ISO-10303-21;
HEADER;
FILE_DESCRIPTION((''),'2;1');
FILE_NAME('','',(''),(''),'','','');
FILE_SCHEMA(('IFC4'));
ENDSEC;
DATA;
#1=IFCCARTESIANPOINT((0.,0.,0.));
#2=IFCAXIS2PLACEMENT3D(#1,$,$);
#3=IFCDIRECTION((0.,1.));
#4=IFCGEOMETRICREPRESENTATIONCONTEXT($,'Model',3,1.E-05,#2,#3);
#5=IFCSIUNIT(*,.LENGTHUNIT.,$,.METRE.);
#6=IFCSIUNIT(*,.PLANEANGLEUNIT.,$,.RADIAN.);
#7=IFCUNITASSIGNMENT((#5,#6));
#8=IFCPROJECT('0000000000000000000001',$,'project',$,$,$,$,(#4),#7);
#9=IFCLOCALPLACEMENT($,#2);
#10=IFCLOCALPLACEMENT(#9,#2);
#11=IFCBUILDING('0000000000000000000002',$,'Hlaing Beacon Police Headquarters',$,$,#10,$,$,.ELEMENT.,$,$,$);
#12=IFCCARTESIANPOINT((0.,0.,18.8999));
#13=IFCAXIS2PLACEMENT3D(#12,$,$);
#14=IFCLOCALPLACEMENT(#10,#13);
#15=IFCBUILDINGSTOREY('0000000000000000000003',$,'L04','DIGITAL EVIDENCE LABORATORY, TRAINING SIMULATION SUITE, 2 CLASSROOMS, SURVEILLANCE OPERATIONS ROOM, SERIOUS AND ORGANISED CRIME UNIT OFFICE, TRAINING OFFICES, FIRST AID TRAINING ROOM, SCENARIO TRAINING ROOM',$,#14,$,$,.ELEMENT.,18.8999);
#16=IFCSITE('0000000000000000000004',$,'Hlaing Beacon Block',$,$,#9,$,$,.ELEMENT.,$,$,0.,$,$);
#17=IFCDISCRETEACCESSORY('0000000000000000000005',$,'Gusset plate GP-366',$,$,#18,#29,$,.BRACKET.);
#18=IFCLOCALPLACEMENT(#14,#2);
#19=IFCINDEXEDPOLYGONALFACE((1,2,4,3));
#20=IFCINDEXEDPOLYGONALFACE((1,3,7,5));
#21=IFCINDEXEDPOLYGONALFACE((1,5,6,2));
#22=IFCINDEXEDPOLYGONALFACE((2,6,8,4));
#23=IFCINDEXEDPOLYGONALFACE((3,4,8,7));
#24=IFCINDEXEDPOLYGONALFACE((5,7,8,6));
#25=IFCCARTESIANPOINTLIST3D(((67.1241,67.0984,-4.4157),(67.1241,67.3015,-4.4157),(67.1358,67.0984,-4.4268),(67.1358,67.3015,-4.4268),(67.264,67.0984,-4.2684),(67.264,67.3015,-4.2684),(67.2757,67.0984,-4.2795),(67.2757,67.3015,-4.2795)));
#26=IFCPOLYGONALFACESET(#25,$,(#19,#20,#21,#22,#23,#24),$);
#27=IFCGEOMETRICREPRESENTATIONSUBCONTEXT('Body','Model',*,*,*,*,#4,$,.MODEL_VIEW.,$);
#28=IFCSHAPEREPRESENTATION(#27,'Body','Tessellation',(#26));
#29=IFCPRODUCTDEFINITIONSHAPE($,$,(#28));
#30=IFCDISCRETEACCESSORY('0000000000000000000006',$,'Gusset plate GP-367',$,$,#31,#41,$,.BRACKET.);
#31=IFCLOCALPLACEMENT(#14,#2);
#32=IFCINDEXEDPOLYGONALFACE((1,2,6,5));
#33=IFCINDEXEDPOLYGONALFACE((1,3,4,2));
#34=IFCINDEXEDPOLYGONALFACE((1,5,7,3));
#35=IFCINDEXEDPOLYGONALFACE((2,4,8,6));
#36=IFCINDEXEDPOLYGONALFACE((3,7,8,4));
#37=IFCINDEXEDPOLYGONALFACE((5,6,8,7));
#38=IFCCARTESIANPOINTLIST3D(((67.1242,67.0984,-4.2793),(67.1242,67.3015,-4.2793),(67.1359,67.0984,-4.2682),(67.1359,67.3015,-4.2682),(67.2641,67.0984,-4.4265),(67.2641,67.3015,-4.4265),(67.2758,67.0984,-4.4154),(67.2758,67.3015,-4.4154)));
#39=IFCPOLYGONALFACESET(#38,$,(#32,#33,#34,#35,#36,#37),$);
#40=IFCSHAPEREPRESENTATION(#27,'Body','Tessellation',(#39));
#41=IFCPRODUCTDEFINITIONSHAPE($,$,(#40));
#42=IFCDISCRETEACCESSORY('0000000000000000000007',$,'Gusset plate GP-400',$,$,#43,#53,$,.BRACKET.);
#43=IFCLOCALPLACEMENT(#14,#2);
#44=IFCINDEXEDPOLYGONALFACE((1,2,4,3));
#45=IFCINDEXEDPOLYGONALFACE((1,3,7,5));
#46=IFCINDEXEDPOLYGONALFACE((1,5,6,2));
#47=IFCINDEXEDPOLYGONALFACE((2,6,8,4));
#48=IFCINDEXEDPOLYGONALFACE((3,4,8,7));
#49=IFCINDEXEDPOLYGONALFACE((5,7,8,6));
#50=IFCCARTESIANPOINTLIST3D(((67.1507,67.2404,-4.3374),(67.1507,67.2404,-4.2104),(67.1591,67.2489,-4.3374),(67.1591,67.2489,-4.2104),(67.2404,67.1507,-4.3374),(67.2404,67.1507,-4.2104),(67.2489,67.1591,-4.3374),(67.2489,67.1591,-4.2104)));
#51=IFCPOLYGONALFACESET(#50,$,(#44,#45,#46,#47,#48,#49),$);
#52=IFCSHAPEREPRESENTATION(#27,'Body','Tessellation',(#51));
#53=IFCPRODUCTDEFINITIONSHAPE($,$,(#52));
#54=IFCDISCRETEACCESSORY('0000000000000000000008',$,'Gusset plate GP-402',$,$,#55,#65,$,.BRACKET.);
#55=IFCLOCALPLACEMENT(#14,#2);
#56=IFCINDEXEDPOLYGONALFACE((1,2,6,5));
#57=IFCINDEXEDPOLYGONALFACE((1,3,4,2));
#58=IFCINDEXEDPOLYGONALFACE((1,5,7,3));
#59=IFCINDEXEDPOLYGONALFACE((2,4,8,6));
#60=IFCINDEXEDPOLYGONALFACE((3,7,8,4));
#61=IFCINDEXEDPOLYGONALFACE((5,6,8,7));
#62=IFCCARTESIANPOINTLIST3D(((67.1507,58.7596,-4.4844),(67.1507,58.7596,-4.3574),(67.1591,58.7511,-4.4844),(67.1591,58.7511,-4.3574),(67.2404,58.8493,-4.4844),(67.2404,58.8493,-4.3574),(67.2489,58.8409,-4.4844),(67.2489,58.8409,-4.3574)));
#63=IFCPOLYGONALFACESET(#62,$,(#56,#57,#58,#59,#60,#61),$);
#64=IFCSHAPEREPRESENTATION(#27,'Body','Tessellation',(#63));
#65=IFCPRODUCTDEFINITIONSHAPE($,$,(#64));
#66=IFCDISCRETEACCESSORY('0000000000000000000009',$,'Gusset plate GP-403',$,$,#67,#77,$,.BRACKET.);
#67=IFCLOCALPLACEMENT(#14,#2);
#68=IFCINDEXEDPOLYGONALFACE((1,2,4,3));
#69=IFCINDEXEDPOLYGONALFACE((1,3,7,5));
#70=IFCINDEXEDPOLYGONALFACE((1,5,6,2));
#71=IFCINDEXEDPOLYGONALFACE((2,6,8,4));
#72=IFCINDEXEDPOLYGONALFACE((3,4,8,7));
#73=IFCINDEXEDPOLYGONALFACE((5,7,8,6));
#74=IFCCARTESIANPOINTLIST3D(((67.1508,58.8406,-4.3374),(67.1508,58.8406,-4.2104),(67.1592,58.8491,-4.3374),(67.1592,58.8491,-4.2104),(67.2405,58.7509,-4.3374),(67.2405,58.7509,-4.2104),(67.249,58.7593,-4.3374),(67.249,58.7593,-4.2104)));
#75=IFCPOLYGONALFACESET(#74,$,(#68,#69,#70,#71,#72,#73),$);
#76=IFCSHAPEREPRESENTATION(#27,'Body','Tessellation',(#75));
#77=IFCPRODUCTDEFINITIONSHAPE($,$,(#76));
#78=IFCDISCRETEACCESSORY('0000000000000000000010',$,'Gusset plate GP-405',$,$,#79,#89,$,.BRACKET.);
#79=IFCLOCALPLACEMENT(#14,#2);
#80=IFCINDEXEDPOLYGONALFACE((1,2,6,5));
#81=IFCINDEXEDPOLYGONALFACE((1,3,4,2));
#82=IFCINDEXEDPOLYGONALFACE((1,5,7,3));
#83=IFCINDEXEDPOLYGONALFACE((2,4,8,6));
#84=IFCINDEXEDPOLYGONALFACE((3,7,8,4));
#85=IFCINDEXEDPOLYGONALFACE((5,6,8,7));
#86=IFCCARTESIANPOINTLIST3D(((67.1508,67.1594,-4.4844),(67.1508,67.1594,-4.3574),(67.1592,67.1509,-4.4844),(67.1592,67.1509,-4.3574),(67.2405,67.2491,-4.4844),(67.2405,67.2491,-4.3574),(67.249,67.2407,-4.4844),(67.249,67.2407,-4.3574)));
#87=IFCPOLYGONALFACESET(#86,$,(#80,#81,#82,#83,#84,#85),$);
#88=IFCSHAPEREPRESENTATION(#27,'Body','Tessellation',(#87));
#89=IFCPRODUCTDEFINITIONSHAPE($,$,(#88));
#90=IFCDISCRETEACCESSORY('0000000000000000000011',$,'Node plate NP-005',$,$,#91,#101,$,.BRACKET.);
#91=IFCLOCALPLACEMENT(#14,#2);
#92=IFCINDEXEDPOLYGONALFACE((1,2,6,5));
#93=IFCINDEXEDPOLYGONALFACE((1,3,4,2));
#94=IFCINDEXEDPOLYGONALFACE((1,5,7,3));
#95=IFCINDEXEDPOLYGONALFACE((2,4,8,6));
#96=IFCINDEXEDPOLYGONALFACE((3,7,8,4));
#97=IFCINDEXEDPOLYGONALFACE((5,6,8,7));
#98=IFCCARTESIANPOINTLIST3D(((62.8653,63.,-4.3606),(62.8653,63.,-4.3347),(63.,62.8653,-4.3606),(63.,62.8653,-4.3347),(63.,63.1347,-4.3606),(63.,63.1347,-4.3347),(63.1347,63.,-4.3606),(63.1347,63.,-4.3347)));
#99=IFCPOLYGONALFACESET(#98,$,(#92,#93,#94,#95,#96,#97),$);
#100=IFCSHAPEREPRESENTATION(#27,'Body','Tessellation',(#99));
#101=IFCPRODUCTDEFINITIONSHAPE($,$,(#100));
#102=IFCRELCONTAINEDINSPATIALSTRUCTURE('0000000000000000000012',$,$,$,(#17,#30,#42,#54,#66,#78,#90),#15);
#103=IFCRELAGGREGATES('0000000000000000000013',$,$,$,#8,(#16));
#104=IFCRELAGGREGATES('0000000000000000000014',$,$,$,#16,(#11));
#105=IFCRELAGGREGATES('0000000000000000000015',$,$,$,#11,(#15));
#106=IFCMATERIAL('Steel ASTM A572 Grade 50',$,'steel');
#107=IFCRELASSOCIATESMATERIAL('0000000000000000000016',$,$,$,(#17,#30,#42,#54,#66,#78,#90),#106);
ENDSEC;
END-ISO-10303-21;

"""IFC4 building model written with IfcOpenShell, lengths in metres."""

from ifc_helpers import new_model, si_unit, direction, frame, origin, origin_2d, place, context, subcontext, project, spatial, rectangle, extrude, material, element, save


model = new_model("IFC4")

# Units and contexts
model_context = context("Model", 3, precision=1e-05, world=origin(), true_north=direction((0.0, 1.0)))
body_context = subcontext(model_context, "Body", "Model", "MODEL_VIEW")
ifc_project = project(units=[si_unit("LENGTHUNIT", "METRE"), si_unit("PLANEANGLEUNIT", "RADIAN")], contexts=[model_context])

# Site, building, storey
site_placement = place(None, origin())
site = spatial("IfcSite", under=ifc_project, at=site_placement, Name="Hlaing Beacon Block", CompositionType="ELEMENT", RefElevation=0.0)
building_placement = place(site_placement, origin())
building = spatial("IfcBuilding", under=site, at=building_placement, Name="Hlaing Beacon Police Headquarters", CompositionType="ELEMENT")
storey_placement = place(building_placement, frame((0.0, 0.0, 18.8999)))
storey = spatial("IfcBuildingStorey", under=building, at=storey_placement, Name="L04", Description="DIGITAL EVIDENCE LABORATORY, TRAINING SIMULATION SUITE, 2 CLASSROOMS, SURVEILLANCE OPERATIONS ROOM, SERIOUS AND ORGANISED CRIME UNIT OFFICE, TRAINING OFFICES, FIRST AID TRAINING ROOM, SCENARIO TRAINING ROOM", CompositionType="ELEMENT", Elevation=18.8999)

# Discrete accessories
ifc_material_1 = material(Name="Steel ASTM A572 Grade 50", Category="steel")
for number, where, z_axis, x_axis, name in (
    (1, (67.1941, 67.2, -4.342), (0.725017, 0.0, -0.688731), (0.0, 1.0, 0.0), "Gusset plate GP-366"),
    (2, (67.2058, 67.2, -4.3418), (-0.725017, 0.0, -0.688731), (0.0, -1.0, 0.0), "Gusset plate GP-367"),
):
    element("IfcDiscreteAccessory", number, at=place(storey_placement, frame(where, z_axis=z_axis, x_axis=x_axis)), inside=storey, material=ifc_material_1, Name=name, PredefinedType="BRACKET", context=body_context, shape_type="SweptSolid", body=[
        extrude(rectangle(XDim=0.2031, YDim=0.2031, at=origin_2d()), origin(), (0.0, 0.0, 1.0), 0.0161),
    ])
for number, where, z_axis, x_axis, name in (
    (3, (67.1956, 67.1956, -4.2739), (0.707107, 0.707107, 0.0), (-0.707107, 0.707107, 0.0), "Gusset plate GP-400"),
    (4, (67.1956, 58.8044, -4.4209), (0.707107, -0.707107, 0.0), (0.707107, 0.707107, 0.0), "Gusset plate GP-402"),
    (5, (67.2041, 58.8042, -4.2739), (-0.707117, -0.707097, 0.0), (0.707097, -0.707117, 0.0), "Gusset plate GP-403"),
    (6, (67.2041, 67.1958, -4.4209), (-0.707117, 0.707097, 0.0), (-0.707097, -0.707117, 0.0), "Gusset plate GP-405"),
):
    element("IfcDiscreteAccessory", number, at=place(storey_placement, frame(where, z_axis=z_axis, x_axis=x_axis)), inside=storey, material=ifc_material_1, Name=name, PredefinedType="BRACKET", context=body_context, shape_type="SweptSolid", body=[
        extrude(rectangle(XDim=0.127, YDim=0.127, at=origin_2d()), origin(), (0.0, 0.0, 1.0), 0.012),
    ])
discrete_accessory_placement = place(storey_placement, frame((63.0, 63.0, -4.3606), z_axis=(0.0, 0.0, 1.0), x_axis=(0.707107, 0.707107, 0.0)))
element("IfcDiscreteAccessory", 7, at=discrete_accessory_placement, inside=storey, material=ifc_material_1, Name="Node plate NP-005", PredefinedType="BRACKET", context=body_context, shape_type="SweptSolid", body=[
    extrude(rectangle(XDim=0.1904, YDim=0.1904, at=origin_2d()), origin(), (0.0, 0.0, 1.0), 0.0259),
])

save(model, "model.ifc")
